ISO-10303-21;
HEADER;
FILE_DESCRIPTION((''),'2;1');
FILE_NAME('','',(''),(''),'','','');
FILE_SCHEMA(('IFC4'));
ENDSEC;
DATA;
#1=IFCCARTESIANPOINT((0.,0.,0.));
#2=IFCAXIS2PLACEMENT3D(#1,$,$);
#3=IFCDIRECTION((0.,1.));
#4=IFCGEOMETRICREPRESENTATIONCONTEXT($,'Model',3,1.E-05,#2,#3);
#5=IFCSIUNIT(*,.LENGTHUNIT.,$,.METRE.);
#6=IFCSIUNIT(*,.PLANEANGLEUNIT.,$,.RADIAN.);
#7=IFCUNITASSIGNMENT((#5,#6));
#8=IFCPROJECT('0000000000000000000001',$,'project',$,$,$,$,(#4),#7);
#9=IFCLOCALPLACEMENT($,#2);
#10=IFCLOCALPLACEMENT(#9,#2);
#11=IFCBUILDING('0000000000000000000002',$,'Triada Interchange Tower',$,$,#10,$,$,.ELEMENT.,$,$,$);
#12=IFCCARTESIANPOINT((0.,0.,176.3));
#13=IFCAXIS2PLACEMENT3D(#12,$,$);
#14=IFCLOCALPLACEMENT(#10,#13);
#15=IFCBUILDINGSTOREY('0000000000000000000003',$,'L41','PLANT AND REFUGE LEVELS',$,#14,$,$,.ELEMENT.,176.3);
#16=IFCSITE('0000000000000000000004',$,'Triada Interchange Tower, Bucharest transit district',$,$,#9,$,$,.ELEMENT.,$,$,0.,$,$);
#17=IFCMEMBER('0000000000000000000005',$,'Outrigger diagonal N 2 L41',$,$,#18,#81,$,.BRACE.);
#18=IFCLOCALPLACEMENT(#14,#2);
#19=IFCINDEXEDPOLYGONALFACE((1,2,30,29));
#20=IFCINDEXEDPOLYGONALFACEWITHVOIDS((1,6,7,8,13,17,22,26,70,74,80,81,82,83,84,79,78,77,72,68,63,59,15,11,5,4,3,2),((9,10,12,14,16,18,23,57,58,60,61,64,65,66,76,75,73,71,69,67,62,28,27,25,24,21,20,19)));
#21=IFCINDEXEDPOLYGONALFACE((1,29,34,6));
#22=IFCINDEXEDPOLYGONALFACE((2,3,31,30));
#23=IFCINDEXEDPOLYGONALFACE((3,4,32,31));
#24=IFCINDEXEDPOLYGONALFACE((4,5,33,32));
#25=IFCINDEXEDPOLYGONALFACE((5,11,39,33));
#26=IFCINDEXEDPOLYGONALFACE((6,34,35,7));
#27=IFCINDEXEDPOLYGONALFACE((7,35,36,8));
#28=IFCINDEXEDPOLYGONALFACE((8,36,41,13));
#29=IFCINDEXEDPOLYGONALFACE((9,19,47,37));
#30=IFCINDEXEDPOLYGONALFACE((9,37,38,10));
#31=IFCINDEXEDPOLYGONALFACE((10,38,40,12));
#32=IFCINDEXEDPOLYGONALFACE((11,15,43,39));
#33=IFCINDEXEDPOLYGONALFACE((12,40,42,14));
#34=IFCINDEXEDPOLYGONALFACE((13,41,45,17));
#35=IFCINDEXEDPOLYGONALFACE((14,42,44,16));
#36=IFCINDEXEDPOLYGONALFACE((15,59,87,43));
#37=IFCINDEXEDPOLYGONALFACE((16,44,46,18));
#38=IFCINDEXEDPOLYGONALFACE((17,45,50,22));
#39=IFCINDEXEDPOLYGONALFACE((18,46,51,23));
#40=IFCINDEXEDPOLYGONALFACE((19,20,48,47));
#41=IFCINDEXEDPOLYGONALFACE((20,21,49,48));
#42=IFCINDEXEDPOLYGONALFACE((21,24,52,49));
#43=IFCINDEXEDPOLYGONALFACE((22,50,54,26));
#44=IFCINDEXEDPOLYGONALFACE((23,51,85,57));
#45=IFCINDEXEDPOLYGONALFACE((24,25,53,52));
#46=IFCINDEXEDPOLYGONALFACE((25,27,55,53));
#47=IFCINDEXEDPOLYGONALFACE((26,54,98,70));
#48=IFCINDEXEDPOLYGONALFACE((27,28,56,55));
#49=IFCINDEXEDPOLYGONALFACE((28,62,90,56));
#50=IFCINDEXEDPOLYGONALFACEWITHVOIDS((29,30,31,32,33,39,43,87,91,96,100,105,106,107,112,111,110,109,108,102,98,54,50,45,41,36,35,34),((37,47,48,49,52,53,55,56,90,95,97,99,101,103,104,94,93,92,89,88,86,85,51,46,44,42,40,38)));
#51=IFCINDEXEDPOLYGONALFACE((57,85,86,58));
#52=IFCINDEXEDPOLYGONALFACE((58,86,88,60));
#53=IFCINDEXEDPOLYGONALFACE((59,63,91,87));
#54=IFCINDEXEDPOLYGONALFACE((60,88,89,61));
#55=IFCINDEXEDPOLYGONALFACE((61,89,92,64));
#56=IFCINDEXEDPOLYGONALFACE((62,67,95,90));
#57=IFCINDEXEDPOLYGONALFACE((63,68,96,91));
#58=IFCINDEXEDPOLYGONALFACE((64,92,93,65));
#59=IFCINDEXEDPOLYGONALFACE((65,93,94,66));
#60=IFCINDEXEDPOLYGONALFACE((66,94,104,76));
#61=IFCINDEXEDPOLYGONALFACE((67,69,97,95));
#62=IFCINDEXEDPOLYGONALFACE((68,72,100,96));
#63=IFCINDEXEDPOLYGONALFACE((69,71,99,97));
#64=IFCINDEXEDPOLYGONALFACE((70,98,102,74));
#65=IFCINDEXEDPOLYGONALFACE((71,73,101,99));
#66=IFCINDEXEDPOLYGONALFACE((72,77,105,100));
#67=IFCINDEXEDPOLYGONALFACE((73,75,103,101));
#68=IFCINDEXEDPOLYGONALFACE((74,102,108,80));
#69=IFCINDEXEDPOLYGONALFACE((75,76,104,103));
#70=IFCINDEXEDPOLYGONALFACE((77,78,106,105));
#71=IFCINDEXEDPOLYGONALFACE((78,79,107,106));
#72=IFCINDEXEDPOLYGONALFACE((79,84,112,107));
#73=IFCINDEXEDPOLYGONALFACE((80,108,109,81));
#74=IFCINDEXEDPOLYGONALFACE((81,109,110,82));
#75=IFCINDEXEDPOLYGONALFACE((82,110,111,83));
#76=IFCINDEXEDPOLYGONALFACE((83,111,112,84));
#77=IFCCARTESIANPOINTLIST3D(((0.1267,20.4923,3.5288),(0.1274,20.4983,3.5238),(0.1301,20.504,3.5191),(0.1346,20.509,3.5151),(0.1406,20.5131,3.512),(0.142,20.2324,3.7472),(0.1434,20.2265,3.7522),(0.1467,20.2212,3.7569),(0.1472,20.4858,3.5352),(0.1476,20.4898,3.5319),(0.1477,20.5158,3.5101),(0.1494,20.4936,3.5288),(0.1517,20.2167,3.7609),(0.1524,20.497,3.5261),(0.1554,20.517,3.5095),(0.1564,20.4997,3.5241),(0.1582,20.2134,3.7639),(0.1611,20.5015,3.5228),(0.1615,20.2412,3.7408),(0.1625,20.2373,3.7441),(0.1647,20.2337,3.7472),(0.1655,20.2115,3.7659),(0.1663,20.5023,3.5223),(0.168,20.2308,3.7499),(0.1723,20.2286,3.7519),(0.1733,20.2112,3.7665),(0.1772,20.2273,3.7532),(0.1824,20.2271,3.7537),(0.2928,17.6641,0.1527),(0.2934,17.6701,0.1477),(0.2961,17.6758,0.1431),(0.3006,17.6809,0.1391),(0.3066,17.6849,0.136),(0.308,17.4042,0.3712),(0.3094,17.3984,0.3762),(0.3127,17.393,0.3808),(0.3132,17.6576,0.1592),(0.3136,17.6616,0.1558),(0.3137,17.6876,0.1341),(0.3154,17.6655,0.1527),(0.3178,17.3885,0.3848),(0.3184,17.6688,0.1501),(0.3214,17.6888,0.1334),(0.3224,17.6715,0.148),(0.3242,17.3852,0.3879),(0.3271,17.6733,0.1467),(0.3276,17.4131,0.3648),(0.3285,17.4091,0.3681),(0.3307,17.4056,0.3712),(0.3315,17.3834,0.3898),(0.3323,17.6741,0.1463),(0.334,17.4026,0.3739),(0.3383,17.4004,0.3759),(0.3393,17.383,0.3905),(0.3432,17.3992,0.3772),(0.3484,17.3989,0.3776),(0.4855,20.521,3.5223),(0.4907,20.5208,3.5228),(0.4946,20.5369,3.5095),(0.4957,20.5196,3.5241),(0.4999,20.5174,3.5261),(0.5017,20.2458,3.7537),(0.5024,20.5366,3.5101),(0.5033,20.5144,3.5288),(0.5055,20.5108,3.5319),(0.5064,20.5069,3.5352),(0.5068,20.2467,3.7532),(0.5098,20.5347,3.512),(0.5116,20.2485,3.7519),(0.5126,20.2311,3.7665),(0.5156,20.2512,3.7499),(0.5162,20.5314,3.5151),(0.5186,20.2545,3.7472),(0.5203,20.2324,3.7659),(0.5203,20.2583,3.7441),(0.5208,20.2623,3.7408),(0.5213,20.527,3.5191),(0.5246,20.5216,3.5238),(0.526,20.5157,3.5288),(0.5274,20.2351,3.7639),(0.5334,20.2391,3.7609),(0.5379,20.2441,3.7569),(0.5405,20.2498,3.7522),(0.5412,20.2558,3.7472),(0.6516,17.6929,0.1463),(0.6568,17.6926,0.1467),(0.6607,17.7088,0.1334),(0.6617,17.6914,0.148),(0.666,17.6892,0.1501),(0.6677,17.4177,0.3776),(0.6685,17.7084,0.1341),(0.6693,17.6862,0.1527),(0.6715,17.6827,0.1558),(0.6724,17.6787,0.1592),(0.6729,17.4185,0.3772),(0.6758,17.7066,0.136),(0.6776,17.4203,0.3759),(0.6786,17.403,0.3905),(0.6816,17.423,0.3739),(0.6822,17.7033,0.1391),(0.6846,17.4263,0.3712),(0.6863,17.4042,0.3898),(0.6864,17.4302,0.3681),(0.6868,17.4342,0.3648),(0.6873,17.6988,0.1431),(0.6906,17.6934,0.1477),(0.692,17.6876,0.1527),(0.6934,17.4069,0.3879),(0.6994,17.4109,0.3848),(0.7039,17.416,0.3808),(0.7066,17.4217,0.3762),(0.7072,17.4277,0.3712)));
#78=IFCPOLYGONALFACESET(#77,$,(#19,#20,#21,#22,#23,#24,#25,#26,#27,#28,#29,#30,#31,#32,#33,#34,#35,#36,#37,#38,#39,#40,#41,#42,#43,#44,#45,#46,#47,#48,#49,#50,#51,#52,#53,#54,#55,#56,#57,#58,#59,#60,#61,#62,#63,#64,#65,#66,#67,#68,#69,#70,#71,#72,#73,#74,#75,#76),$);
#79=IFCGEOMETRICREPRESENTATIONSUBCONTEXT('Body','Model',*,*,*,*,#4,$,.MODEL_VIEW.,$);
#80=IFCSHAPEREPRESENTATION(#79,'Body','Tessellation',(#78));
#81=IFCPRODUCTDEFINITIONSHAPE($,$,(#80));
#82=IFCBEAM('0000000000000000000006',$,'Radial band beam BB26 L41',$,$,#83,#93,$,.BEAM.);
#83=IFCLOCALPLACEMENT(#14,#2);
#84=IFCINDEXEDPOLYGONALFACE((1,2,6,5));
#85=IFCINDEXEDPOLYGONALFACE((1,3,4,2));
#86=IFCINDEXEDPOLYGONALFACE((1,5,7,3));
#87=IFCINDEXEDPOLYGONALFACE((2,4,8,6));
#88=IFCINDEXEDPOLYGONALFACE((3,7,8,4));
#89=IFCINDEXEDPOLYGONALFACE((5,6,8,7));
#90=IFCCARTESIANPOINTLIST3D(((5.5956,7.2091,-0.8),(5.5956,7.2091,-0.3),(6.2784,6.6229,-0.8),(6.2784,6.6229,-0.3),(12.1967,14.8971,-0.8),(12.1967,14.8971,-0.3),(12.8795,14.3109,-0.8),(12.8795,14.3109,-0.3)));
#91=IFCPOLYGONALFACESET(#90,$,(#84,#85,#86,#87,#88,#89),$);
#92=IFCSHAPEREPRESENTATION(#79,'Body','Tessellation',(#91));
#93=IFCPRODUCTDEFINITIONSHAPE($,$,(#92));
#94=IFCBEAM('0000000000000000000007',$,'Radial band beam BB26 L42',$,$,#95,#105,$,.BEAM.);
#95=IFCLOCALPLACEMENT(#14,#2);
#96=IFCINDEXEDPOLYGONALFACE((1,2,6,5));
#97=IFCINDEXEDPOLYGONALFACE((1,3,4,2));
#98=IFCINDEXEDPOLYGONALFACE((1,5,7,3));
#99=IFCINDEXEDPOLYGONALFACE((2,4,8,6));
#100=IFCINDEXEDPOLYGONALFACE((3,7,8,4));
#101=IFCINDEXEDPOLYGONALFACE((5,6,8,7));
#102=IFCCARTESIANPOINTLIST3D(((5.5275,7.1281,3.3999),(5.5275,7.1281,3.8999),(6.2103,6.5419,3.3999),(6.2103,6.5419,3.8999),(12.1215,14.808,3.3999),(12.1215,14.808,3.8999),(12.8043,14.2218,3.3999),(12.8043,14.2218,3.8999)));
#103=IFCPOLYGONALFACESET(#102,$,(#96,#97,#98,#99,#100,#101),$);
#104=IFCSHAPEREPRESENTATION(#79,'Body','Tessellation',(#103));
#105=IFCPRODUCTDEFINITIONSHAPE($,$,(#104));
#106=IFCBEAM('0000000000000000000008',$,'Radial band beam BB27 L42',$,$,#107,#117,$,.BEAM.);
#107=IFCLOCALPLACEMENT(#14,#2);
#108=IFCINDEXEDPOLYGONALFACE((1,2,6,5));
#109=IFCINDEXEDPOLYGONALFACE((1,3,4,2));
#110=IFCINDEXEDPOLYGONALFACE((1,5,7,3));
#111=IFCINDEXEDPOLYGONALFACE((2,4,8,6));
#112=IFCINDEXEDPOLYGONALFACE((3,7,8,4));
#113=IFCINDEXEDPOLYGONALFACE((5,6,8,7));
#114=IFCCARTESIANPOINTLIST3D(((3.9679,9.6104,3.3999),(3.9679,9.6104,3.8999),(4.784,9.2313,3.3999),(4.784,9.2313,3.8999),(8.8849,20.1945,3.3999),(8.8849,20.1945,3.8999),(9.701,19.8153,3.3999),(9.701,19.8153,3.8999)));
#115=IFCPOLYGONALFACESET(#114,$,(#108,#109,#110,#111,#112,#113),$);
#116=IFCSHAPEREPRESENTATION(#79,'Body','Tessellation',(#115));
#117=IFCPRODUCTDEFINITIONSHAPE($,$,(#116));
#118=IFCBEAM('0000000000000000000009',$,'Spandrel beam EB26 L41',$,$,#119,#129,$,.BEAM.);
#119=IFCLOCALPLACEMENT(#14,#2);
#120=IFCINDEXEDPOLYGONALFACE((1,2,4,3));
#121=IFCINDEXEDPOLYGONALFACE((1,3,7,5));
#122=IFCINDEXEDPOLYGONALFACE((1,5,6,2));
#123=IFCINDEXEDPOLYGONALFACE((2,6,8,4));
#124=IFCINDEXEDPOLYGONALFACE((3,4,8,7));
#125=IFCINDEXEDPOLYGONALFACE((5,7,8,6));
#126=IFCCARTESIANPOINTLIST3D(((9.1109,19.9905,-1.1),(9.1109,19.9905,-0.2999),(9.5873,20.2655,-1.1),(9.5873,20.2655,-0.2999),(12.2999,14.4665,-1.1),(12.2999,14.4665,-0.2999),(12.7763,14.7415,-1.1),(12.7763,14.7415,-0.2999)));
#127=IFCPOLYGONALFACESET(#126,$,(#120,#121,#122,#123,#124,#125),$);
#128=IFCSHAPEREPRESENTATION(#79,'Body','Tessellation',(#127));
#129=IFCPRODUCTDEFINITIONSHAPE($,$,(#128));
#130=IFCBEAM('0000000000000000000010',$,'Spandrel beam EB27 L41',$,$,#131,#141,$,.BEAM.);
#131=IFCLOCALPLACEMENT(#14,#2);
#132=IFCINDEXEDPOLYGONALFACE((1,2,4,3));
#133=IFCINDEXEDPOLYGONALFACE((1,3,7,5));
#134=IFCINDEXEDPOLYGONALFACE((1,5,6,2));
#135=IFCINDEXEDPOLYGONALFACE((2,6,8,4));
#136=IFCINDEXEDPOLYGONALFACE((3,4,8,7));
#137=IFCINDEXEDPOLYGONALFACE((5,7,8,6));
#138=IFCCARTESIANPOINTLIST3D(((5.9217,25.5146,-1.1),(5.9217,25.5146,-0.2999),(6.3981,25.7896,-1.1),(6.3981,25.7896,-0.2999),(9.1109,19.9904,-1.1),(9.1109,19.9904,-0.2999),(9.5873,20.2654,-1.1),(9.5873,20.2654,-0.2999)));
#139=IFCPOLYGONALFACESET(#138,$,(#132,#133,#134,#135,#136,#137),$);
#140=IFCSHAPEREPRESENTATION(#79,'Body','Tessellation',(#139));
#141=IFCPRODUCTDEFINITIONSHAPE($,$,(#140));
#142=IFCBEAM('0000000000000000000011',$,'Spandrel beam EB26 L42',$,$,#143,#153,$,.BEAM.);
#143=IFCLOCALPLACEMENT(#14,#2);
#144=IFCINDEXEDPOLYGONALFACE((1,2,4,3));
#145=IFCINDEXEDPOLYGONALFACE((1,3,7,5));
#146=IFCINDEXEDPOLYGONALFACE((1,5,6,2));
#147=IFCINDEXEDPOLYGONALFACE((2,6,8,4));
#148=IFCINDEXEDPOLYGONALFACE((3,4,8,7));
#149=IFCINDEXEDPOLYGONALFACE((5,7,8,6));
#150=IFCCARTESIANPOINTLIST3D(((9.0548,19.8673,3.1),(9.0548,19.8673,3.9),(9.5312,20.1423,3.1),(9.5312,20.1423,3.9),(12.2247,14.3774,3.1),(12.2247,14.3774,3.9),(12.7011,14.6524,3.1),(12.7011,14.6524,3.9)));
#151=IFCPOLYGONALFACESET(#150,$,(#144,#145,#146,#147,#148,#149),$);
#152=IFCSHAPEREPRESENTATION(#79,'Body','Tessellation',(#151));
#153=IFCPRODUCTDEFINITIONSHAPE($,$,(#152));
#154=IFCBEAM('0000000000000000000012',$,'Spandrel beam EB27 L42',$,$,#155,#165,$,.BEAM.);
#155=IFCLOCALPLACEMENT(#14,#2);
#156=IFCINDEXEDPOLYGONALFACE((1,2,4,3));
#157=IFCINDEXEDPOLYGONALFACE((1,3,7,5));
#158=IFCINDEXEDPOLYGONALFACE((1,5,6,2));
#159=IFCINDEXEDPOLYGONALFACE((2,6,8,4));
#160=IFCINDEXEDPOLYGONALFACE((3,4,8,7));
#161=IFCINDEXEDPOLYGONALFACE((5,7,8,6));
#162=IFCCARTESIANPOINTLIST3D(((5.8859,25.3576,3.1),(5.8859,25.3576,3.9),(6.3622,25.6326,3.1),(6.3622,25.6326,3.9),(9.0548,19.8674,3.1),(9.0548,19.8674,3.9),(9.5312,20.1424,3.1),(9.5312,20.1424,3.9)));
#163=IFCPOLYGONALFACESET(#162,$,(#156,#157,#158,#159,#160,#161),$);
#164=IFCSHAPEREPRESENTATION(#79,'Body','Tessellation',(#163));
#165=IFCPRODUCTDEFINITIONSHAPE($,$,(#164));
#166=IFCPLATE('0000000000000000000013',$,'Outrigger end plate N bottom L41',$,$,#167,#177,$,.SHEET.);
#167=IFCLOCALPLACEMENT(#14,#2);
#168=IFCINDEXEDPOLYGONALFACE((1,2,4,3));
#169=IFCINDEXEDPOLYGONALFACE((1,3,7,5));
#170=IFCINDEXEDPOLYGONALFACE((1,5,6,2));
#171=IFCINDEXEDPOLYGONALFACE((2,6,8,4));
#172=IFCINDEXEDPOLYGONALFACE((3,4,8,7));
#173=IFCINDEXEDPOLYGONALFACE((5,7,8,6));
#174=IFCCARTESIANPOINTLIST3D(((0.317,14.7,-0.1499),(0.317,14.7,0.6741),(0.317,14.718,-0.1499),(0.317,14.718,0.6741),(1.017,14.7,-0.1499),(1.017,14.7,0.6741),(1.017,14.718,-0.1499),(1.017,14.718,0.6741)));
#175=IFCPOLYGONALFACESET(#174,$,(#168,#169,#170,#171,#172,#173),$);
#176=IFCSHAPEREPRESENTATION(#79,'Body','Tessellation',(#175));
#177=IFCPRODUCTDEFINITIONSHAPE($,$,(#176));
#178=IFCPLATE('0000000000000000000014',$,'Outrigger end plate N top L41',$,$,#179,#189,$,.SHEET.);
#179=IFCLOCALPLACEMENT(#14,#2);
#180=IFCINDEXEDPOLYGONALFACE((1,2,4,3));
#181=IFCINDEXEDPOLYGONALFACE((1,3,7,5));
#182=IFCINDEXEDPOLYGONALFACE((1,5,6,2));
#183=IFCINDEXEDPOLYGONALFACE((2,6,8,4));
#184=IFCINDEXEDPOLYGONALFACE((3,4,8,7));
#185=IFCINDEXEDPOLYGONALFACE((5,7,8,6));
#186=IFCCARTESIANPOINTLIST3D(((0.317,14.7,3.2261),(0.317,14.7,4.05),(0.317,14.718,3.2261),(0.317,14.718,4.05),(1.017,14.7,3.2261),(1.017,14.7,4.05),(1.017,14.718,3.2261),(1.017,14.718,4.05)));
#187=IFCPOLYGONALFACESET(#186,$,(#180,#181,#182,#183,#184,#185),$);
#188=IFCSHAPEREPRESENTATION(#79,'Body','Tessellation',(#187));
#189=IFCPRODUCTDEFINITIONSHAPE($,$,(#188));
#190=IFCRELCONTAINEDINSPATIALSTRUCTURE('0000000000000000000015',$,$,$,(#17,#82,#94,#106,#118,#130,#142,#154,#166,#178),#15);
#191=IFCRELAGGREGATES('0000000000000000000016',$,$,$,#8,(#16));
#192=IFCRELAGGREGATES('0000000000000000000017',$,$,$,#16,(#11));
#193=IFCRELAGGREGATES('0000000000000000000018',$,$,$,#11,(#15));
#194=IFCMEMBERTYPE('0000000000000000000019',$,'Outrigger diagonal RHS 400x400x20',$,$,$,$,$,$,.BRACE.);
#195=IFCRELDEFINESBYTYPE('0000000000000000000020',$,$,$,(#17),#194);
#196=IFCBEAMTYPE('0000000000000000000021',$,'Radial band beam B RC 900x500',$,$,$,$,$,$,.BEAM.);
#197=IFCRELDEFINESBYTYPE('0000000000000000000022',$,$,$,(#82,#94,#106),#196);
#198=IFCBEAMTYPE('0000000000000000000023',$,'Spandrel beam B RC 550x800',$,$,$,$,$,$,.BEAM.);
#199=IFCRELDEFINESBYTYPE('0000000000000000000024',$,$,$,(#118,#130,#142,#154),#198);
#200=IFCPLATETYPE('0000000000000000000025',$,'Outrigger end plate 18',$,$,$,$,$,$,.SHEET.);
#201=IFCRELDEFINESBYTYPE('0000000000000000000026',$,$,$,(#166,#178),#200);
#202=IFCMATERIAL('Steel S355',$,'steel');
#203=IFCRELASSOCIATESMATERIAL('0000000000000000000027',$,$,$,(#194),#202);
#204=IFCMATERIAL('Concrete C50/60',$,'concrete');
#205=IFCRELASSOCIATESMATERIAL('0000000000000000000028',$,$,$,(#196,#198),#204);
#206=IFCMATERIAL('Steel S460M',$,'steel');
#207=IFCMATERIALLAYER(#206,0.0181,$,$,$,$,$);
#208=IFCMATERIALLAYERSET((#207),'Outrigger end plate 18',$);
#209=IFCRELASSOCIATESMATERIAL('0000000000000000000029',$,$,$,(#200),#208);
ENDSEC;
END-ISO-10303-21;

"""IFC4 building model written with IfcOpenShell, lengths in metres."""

from ifc_helpers import new_model, si_unit, direction, frame, origin, origin_2d, place, context, subcontext, project, spatial, rectangle, hollow_rectangle, extrude, material, layer, layer_set, material_profile, profile_set, type_object, element, save


model = new_model("IFC4")

# Units and contexts
model_context = context("Model", 3, precision=1e-05, world=origin(), true_north=direction((0.0, 1.0)))
body_context = subcontext(model_context, "Body", "Model", "MODEL_VIEW")
ifc_project = project(units=[si_unit("LENGTHUNIT", "METRE"), si_unit("PLANEANGLEUNIT", "RADIAN")], contexts=[model_context])

# Site, building, storey
site_placement = place(None, origin())
site = spatial("IfcSite", under=ifc_project, at=site_placement, Name="Triada Interchange Tower, Bucharest transit district", CompositionType="ELEMENT", RefElevation=0.0)
building_placement = place(site_placement, origin())
building = spatial("IfcBuilding", under=site, at=building_placement, Name="Triada Interchange Tower", CompositionType="ELEMENT")
storey_placement = place(building_placement, frame((0.0, 0.0, 176.3)))
storey = spatial("IfcBuildingStorey", under=building, at=storey_placement, Name="L41", Description="PLANT AND REFUGE LEVELS", CompositionType="ELEMENT", Elevation=176.3)

# Shared definitions
ifc_material_1 = material(Name="Steel S355", Category="steel")

# Member
ifc_material_2 = material(Name="Steel S460M", Category="steel")
ifc_material_profile_1 = material_profile(ifc_material_1, hollow_rectangle(XDim=0.3999, YDim=0.3999, WallThickness=0.02, InnerFilletRadius=0.02, OuterFilletRadius=0.03, at=origin_2d()), Name="RHS 400x400x20")
ifc_profile_set_1 = profile_set([ifc_material_profile_1], Name="Steel S355")
member_type_1 = type_object("IfcMemberType", Name="Outrigger diagonal RHS 400x400x20", PredefinedType="BRACE", material=ifc_profile_set_1)
member_1_placement = place(storey_placement, frame((0.5, 17.5459, 0.262), z_axis=(-0.03767, 0.641711, 0.766021), x_axis=(-0.998281, -0.058601, 0.0)))
element("IfcMember", 1, at=member_1_placement, inside=storey, type_object=member_type_1, Name="Outrigger diagonal N 2 L41", PredefinedType="BRACE", context=body_context, shape_type="SweptSolid", body=[
    extrude(hollow_rectangle(XDim=0.3999, YDim=0.3999, WallThickness=0.02, InnerFilletRadius=0.02, OuterFilletRadius=0.03, at=origin_2d()), origin(), (0.0, 0.0, 1.0), 4.4072),
])

# Beams
ifc_material_3 = material(Name="Concrete C50/60", Category="concrete")
ifc_material_profile_2 = material_profile(ifc_material_3, rectangle(XDim=0.8999, YDim=0.5, at=origin_2d()), Name="RC 900x500")
ifc_profile_set_2 = profile_set([ifc_material_profile_2], Name="Concrete C50/60")
beam_type_1 = type_object("IfcBeamType", Name="Radial band beam B RC 900x500", PredefinedType="BEAM", material=ifc_profile_set_2)
beam_1_placement = place(storey_placement, frame((12.5381, 14.604, -0.55), z_axis=(-0.651438, -0.758702, 0.0), x_axis=(0.758702, -0.651438, 0.0)))
element("IfcBeam", 2, at=beam_1_placement, inside=storey, type_object=beam_type_1, Name="Radial band beam BB26 L41", PredefinedType="BEAM", context=body_context, shape_type="SweptSolid", body=[
    extrude(rectangle(XDim=0.8999, YDim=0.5, at=origin_2d()), origin(), (0.0, 0.0, 1.0), 10.1331),
])
beam_2_placement = place(storey_placement, frame((12.4629, 14.5149, 3.6499), z_axis=(-0.651429, -0.75871, 0.0), x_axis=(0.75871, -0.651429, 0.0)))
element("IfcBeam", 3, at=beam_2_placement, inside=storey, type_object=beam_type_1, Name="Radial band beam BB26 L42", PredefinedType="BEAM", context=body_context, shape_type="SweptSolid", body=[
    extrude(rectangle(XDim=0.8999, YDim=0.5, at=origin_2d()), origin(), (0.0, 0.0, 1.0), 10.1223),
])
beam_3_placement = place(storey_placement, frame((9.293, 20.0049, 3.6499), z_axis=(-0.421323, -0.906911, 0.0), x_axis=(0.906911, -0.421323, 0.0)))
element("IfcBeam", 4, at=beam_3_placement, inside=storey, type_object=beam_type_1, Name="Radial band beam BB27 L42", PredefinedType="BEAM", context=body_context, shape_type="SweptSolid", body=[
    extrude(rectangle(XDim=0.8999, YDim=0.5, at=origin_2d()), origin(), (0.0, 0.0, 1.0), 11.6704),
])
ifc_material_profile_3 = material_profile(ifc_material_3, rectangle(XDim=0.55, YDim=0.8, at=origin_2d()), Name="RC 550x800")
ifc_profile_set_3 = profile_set([ifc_material_profile_3], Name="Concrete C50/60")
beam_type_2 = type_object("IfcBeamType", Name="Spandrel beam B RC 550x800", PredefinedType="BEAM", material=ifc_profile_set_3)
beam_4_placement = place(storey_placement, frame((12.5381, 14.604, -0.7), z_axis=(-0.499968, 0.866044, 0.0), x_axis=(-0.866044, -0.499968, 0.0)))
element("IfcBeam", 5, at=beam_4_placement, inside=storey, type_object=beam_type_2, Name="Spandrel beam EB26 L41", PredefinedType="BEAM", context=body_context, shape_type="SweptSolid", body=[
    extrude(rectangle(XDim=0.55, YDim=0.8, at=origin_2d()), origin(), (0.0, 0.0, 1.0), 6.3784),
])
beam_5_placement = place(storey_placement, frame((9.3491, 20.1279, -0.7), z_axis=(-0.49998, 0.866037, 0.0), x_axis=(-0.866037, -0.49998, 0.0)))
element("IfcBeam", 6, at=beam_5_placement, inside=storey, type_object=beam_type_2, Name="Spandrel beam EB27 L41", PredefinedType="BEAM", context=body_context, shape_type="SweptSolid", body=[
    extrude(rectangle(XDim=0.55, YDim=0.8, at=origin_2d()), origin(), (0.0, 0.0, 1.0), 6.3787),
])
beam_6_placement = place(storey_placement, frame((12.4629, 14.5149, 3.5), z_axis=(-0.500032, 0.866007, 0.0), x_axis=(-0.866007, -0.500032, 0.0)))
element("IfcBeam", 7, at=beam_6_placement, inside=storey, type_object=beam_type_2, Name="Spandrel beam EB26 L42", PredefinedType="BEAM", context=body_context, shape_type="SweptSolid", body=[
    extrude(rectangle(XDim=0.55, YDim=0.8, at=origin_2d()), origin(), (0.0, 0.0, 1.0), 6.3394),
])
beam_7_placement = place(storey_placement, frame((9.293, 20.0049, 3.5), z_axis=(-0.4999, 0.866083, 0.0), x_axis=(-0.866083, -0.4999, 0.0)))
element("IfcBeam", 8, at=beam_7_placement, inside=storey, type_object=beam_type_2, Name="Spandrel beam EB27 L42", PredefinedType="BEAM", context=body_context, shape_type="SweptSolid", body=[
    extrude(rectangle(XDim=0.55, YDim=0.8, at=origin_2d()), origin(), (0.0, 0.0, 1.0), 6.3391),
])

# Plates
ifc_layer_1 = layer(ifc_material_2, 0.0181)
ifc_layer_set_1 = layer_set([ifc_layer_1], Name="Outrigger end plate 18")
plate_type = type_object("IfcPlateType", Name="Outrigger end plate 18", PredefinedType="SHEET", material=ifc_layer_set_1)
for number, where, z_axis, x_axis, name in (
    (9, (0.667, 14.709, -0.1499), (0.0, 0.0, 1.0), (0.0, 1.0, 0.0), "Outrigger end plate N bottom L41"),
    (10, (0.667, 14.709, 3.2261), (0.0, 0.0, 1.0), (0.0, 1.0, 0.0), "Outrigger end plate N top L41"),
):
    element("IfcPlate", number, at=place(storey_placement, frame(where, z_axis=z_axis, x_axis=x_axis)), inside=storey, type_object=plate_type, Name=name, PredefinedType="SHEET", context=body_context, shape_type="SweptSolid", body=[
        extrude(rectangle(XDim=0.0181, YDim=0.7, at=origin_2d()), origin(), (0.0, 0.0, 1.0), 0.824),
    ])

save(model, "model.ifc")
